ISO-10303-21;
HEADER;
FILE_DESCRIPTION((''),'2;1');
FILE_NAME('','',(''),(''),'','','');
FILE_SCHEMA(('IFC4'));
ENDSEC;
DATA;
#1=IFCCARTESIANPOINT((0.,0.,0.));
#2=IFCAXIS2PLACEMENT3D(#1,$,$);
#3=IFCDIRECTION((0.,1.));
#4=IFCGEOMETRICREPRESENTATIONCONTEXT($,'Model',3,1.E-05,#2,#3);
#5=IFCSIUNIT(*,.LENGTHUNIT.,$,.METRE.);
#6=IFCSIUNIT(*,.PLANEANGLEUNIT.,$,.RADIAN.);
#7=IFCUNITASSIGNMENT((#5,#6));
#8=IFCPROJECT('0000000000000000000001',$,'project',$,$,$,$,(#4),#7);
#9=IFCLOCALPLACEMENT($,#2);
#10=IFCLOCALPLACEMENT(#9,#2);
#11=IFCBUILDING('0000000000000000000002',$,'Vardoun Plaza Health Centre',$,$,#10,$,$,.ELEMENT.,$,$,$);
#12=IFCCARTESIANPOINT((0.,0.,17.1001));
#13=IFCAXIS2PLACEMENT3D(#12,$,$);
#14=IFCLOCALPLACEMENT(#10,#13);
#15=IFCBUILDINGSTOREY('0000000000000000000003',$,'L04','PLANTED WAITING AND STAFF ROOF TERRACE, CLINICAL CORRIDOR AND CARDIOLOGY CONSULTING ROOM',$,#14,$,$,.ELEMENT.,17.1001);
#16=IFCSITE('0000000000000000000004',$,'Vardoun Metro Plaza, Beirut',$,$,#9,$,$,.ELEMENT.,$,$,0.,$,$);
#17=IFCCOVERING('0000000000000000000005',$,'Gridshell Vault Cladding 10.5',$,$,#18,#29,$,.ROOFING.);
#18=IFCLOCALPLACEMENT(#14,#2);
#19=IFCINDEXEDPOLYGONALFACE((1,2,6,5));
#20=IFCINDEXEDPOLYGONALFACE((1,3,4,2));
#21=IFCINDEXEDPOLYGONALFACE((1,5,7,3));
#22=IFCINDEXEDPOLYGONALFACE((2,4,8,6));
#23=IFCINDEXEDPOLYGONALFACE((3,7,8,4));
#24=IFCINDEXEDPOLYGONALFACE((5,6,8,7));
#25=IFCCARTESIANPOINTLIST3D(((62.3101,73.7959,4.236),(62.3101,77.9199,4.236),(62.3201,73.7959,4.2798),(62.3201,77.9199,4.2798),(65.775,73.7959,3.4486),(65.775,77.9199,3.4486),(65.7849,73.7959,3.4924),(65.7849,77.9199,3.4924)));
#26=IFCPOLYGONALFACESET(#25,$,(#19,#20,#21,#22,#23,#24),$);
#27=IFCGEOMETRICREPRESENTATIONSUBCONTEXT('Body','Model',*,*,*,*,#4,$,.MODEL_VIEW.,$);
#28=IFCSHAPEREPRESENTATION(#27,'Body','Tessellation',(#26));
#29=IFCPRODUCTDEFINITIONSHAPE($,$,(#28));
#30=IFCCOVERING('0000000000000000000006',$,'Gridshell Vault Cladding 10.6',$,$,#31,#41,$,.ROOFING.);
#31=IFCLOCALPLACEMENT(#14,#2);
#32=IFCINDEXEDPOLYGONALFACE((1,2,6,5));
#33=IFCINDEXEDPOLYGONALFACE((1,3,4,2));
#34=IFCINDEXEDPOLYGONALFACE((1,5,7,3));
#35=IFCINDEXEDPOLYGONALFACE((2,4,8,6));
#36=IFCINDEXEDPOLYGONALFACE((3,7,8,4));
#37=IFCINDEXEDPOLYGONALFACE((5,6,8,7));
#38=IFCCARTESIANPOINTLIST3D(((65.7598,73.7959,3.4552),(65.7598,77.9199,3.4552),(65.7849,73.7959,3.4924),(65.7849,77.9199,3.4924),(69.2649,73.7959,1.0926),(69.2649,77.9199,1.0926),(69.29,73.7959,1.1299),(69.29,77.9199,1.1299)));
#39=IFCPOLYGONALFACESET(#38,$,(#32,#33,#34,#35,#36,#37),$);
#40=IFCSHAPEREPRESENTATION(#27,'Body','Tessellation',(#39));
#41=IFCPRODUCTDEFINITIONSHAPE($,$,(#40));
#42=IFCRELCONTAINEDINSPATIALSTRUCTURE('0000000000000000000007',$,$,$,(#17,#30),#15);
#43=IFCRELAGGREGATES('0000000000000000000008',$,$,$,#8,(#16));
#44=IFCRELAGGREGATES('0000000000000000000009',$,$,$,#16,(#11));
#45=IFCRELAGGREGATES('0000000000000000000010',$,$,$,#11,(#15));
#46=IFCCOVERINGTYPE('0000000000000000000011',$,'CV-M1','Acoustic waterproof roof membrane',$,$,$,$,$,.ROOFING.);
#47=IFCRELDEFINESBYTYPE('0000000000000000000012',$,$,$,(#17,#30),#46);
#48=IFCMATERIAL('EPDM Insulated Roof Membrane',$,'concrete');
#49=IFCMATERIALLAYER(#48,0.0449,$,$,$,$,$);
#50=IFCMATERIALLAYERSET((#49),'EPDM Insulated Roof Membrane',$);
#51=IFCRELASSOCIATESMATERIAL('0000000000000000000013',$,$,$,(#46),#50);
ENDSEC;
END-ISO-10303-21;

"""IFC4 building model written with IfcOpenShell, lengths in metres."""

from ifc_helpers import new_model, si_unit, direction, frame, origin, place, context, subcontext, project, spatial, polyline, outline, extrude, material, layer, layer_set, type_object, element, save


model = new_model("IFC4")

# Units and contexts
model_context = context("Model", 3, precision=1e-05, world=origin(), true_north=direction((0.0, 1.0)))
body_context = subcontext(model_context, "Body", "Model", "MODEL_VIEW")
ifc_project = project(units=[si_unit("LENGTHUNIT", "METRE"), si_unit("PLANEANGLEUNIT", "RADIAN")], contexts=[model_context])

# Site, building, storey
site_placement = place(None, origin())
site = spatial("IfcSite", under=ifc_project, at=site_placement, Name="Vardoun Metro Plaza, Beirut", CompositionType="ELEMENT", RefElevation=0.0)
building_placement = place(site_placement, origin())
building = spatial("IfcBuilding", under=site, at=building_placement, Name="Vardoun Plaza Health Centre", CompositionType="ELEMENT")
storey_placement = place(building_placement, frame((0.0, 0.0, 17.1001)))
storey = spatial("IfcBuildingStorey", under=building, at=storey_placement, Name="L04", Description="PLANTED WAITING AND STAFF ROOF TERRACE, CLINICAL CORRIDOR AND CARDIOLOGY CONSULTING ROOM", CompositionType="ELEMENT", Elevation=17.1001)

# Coverings
ifc_material_1 = material(Name="EPDM Insulated Roof Membrane", Category="concrete")
ifc_layer_1 = layer(ifc_material_1, 0.0449)
ifc_layer_set_1 = layer_set([ifc_layer_1], Name="EPDM Insulated Roof Membrane")
covering_type = type_object("IfcCoveringType", Name="CV-M1", Description="Acoustic waterproof roof membrane", PredefinedType="ROOFING", material=ifc_layer_set_1)
covering_1_placement = place(storey_placement, frame((62.3201, 73.7959, 4.2798), z_axis=(0.221591, 0.0, 0.97514), x_axis=(0.97514, 0.0, -0.221591)))
element("IfcCovering", 1, at=covering_1_placement, inside=storey, type_object=covering_type, Name="Gridshell Vault Cladding 10.5", PredefinedType="ROOFING", context=body_context, shape_type="SweptSolid", body=[
    extrude(outline(polyline([(0.0, 0.0), (3.5532, 0.0), (3.5532, 4.124), (0.0, 4.124), (0.0, 0.0)])), origin(), (0.0, 0.0, -1.0), 0.0449),
])
covering_2_placement = place(storey_placement, frame((65.7849, 73.7959, 3.4924), z_axis=(0.558918, 0.0, 0.829223), x_axis=(0.829223, 0.0, -0.558918)))
element("IfcCovering", 2, at=covering_2_placement, inside=storey, type_object=covering_type, Name="Gridshell Vault Cladding 10.6", PredefinedType="ROOFING", context=body_context, shape_type="SweptSolid", body=[
    extrude(outline(polyline([(0.0, 0.0), (4.227, 0.0), (4.227, 4.124), (0.0, 4.124), (0.0, 0.0)])), origin(), (0.0, 0.0, -1.0), 0.0449),
])

save(model, "model.ifc")
